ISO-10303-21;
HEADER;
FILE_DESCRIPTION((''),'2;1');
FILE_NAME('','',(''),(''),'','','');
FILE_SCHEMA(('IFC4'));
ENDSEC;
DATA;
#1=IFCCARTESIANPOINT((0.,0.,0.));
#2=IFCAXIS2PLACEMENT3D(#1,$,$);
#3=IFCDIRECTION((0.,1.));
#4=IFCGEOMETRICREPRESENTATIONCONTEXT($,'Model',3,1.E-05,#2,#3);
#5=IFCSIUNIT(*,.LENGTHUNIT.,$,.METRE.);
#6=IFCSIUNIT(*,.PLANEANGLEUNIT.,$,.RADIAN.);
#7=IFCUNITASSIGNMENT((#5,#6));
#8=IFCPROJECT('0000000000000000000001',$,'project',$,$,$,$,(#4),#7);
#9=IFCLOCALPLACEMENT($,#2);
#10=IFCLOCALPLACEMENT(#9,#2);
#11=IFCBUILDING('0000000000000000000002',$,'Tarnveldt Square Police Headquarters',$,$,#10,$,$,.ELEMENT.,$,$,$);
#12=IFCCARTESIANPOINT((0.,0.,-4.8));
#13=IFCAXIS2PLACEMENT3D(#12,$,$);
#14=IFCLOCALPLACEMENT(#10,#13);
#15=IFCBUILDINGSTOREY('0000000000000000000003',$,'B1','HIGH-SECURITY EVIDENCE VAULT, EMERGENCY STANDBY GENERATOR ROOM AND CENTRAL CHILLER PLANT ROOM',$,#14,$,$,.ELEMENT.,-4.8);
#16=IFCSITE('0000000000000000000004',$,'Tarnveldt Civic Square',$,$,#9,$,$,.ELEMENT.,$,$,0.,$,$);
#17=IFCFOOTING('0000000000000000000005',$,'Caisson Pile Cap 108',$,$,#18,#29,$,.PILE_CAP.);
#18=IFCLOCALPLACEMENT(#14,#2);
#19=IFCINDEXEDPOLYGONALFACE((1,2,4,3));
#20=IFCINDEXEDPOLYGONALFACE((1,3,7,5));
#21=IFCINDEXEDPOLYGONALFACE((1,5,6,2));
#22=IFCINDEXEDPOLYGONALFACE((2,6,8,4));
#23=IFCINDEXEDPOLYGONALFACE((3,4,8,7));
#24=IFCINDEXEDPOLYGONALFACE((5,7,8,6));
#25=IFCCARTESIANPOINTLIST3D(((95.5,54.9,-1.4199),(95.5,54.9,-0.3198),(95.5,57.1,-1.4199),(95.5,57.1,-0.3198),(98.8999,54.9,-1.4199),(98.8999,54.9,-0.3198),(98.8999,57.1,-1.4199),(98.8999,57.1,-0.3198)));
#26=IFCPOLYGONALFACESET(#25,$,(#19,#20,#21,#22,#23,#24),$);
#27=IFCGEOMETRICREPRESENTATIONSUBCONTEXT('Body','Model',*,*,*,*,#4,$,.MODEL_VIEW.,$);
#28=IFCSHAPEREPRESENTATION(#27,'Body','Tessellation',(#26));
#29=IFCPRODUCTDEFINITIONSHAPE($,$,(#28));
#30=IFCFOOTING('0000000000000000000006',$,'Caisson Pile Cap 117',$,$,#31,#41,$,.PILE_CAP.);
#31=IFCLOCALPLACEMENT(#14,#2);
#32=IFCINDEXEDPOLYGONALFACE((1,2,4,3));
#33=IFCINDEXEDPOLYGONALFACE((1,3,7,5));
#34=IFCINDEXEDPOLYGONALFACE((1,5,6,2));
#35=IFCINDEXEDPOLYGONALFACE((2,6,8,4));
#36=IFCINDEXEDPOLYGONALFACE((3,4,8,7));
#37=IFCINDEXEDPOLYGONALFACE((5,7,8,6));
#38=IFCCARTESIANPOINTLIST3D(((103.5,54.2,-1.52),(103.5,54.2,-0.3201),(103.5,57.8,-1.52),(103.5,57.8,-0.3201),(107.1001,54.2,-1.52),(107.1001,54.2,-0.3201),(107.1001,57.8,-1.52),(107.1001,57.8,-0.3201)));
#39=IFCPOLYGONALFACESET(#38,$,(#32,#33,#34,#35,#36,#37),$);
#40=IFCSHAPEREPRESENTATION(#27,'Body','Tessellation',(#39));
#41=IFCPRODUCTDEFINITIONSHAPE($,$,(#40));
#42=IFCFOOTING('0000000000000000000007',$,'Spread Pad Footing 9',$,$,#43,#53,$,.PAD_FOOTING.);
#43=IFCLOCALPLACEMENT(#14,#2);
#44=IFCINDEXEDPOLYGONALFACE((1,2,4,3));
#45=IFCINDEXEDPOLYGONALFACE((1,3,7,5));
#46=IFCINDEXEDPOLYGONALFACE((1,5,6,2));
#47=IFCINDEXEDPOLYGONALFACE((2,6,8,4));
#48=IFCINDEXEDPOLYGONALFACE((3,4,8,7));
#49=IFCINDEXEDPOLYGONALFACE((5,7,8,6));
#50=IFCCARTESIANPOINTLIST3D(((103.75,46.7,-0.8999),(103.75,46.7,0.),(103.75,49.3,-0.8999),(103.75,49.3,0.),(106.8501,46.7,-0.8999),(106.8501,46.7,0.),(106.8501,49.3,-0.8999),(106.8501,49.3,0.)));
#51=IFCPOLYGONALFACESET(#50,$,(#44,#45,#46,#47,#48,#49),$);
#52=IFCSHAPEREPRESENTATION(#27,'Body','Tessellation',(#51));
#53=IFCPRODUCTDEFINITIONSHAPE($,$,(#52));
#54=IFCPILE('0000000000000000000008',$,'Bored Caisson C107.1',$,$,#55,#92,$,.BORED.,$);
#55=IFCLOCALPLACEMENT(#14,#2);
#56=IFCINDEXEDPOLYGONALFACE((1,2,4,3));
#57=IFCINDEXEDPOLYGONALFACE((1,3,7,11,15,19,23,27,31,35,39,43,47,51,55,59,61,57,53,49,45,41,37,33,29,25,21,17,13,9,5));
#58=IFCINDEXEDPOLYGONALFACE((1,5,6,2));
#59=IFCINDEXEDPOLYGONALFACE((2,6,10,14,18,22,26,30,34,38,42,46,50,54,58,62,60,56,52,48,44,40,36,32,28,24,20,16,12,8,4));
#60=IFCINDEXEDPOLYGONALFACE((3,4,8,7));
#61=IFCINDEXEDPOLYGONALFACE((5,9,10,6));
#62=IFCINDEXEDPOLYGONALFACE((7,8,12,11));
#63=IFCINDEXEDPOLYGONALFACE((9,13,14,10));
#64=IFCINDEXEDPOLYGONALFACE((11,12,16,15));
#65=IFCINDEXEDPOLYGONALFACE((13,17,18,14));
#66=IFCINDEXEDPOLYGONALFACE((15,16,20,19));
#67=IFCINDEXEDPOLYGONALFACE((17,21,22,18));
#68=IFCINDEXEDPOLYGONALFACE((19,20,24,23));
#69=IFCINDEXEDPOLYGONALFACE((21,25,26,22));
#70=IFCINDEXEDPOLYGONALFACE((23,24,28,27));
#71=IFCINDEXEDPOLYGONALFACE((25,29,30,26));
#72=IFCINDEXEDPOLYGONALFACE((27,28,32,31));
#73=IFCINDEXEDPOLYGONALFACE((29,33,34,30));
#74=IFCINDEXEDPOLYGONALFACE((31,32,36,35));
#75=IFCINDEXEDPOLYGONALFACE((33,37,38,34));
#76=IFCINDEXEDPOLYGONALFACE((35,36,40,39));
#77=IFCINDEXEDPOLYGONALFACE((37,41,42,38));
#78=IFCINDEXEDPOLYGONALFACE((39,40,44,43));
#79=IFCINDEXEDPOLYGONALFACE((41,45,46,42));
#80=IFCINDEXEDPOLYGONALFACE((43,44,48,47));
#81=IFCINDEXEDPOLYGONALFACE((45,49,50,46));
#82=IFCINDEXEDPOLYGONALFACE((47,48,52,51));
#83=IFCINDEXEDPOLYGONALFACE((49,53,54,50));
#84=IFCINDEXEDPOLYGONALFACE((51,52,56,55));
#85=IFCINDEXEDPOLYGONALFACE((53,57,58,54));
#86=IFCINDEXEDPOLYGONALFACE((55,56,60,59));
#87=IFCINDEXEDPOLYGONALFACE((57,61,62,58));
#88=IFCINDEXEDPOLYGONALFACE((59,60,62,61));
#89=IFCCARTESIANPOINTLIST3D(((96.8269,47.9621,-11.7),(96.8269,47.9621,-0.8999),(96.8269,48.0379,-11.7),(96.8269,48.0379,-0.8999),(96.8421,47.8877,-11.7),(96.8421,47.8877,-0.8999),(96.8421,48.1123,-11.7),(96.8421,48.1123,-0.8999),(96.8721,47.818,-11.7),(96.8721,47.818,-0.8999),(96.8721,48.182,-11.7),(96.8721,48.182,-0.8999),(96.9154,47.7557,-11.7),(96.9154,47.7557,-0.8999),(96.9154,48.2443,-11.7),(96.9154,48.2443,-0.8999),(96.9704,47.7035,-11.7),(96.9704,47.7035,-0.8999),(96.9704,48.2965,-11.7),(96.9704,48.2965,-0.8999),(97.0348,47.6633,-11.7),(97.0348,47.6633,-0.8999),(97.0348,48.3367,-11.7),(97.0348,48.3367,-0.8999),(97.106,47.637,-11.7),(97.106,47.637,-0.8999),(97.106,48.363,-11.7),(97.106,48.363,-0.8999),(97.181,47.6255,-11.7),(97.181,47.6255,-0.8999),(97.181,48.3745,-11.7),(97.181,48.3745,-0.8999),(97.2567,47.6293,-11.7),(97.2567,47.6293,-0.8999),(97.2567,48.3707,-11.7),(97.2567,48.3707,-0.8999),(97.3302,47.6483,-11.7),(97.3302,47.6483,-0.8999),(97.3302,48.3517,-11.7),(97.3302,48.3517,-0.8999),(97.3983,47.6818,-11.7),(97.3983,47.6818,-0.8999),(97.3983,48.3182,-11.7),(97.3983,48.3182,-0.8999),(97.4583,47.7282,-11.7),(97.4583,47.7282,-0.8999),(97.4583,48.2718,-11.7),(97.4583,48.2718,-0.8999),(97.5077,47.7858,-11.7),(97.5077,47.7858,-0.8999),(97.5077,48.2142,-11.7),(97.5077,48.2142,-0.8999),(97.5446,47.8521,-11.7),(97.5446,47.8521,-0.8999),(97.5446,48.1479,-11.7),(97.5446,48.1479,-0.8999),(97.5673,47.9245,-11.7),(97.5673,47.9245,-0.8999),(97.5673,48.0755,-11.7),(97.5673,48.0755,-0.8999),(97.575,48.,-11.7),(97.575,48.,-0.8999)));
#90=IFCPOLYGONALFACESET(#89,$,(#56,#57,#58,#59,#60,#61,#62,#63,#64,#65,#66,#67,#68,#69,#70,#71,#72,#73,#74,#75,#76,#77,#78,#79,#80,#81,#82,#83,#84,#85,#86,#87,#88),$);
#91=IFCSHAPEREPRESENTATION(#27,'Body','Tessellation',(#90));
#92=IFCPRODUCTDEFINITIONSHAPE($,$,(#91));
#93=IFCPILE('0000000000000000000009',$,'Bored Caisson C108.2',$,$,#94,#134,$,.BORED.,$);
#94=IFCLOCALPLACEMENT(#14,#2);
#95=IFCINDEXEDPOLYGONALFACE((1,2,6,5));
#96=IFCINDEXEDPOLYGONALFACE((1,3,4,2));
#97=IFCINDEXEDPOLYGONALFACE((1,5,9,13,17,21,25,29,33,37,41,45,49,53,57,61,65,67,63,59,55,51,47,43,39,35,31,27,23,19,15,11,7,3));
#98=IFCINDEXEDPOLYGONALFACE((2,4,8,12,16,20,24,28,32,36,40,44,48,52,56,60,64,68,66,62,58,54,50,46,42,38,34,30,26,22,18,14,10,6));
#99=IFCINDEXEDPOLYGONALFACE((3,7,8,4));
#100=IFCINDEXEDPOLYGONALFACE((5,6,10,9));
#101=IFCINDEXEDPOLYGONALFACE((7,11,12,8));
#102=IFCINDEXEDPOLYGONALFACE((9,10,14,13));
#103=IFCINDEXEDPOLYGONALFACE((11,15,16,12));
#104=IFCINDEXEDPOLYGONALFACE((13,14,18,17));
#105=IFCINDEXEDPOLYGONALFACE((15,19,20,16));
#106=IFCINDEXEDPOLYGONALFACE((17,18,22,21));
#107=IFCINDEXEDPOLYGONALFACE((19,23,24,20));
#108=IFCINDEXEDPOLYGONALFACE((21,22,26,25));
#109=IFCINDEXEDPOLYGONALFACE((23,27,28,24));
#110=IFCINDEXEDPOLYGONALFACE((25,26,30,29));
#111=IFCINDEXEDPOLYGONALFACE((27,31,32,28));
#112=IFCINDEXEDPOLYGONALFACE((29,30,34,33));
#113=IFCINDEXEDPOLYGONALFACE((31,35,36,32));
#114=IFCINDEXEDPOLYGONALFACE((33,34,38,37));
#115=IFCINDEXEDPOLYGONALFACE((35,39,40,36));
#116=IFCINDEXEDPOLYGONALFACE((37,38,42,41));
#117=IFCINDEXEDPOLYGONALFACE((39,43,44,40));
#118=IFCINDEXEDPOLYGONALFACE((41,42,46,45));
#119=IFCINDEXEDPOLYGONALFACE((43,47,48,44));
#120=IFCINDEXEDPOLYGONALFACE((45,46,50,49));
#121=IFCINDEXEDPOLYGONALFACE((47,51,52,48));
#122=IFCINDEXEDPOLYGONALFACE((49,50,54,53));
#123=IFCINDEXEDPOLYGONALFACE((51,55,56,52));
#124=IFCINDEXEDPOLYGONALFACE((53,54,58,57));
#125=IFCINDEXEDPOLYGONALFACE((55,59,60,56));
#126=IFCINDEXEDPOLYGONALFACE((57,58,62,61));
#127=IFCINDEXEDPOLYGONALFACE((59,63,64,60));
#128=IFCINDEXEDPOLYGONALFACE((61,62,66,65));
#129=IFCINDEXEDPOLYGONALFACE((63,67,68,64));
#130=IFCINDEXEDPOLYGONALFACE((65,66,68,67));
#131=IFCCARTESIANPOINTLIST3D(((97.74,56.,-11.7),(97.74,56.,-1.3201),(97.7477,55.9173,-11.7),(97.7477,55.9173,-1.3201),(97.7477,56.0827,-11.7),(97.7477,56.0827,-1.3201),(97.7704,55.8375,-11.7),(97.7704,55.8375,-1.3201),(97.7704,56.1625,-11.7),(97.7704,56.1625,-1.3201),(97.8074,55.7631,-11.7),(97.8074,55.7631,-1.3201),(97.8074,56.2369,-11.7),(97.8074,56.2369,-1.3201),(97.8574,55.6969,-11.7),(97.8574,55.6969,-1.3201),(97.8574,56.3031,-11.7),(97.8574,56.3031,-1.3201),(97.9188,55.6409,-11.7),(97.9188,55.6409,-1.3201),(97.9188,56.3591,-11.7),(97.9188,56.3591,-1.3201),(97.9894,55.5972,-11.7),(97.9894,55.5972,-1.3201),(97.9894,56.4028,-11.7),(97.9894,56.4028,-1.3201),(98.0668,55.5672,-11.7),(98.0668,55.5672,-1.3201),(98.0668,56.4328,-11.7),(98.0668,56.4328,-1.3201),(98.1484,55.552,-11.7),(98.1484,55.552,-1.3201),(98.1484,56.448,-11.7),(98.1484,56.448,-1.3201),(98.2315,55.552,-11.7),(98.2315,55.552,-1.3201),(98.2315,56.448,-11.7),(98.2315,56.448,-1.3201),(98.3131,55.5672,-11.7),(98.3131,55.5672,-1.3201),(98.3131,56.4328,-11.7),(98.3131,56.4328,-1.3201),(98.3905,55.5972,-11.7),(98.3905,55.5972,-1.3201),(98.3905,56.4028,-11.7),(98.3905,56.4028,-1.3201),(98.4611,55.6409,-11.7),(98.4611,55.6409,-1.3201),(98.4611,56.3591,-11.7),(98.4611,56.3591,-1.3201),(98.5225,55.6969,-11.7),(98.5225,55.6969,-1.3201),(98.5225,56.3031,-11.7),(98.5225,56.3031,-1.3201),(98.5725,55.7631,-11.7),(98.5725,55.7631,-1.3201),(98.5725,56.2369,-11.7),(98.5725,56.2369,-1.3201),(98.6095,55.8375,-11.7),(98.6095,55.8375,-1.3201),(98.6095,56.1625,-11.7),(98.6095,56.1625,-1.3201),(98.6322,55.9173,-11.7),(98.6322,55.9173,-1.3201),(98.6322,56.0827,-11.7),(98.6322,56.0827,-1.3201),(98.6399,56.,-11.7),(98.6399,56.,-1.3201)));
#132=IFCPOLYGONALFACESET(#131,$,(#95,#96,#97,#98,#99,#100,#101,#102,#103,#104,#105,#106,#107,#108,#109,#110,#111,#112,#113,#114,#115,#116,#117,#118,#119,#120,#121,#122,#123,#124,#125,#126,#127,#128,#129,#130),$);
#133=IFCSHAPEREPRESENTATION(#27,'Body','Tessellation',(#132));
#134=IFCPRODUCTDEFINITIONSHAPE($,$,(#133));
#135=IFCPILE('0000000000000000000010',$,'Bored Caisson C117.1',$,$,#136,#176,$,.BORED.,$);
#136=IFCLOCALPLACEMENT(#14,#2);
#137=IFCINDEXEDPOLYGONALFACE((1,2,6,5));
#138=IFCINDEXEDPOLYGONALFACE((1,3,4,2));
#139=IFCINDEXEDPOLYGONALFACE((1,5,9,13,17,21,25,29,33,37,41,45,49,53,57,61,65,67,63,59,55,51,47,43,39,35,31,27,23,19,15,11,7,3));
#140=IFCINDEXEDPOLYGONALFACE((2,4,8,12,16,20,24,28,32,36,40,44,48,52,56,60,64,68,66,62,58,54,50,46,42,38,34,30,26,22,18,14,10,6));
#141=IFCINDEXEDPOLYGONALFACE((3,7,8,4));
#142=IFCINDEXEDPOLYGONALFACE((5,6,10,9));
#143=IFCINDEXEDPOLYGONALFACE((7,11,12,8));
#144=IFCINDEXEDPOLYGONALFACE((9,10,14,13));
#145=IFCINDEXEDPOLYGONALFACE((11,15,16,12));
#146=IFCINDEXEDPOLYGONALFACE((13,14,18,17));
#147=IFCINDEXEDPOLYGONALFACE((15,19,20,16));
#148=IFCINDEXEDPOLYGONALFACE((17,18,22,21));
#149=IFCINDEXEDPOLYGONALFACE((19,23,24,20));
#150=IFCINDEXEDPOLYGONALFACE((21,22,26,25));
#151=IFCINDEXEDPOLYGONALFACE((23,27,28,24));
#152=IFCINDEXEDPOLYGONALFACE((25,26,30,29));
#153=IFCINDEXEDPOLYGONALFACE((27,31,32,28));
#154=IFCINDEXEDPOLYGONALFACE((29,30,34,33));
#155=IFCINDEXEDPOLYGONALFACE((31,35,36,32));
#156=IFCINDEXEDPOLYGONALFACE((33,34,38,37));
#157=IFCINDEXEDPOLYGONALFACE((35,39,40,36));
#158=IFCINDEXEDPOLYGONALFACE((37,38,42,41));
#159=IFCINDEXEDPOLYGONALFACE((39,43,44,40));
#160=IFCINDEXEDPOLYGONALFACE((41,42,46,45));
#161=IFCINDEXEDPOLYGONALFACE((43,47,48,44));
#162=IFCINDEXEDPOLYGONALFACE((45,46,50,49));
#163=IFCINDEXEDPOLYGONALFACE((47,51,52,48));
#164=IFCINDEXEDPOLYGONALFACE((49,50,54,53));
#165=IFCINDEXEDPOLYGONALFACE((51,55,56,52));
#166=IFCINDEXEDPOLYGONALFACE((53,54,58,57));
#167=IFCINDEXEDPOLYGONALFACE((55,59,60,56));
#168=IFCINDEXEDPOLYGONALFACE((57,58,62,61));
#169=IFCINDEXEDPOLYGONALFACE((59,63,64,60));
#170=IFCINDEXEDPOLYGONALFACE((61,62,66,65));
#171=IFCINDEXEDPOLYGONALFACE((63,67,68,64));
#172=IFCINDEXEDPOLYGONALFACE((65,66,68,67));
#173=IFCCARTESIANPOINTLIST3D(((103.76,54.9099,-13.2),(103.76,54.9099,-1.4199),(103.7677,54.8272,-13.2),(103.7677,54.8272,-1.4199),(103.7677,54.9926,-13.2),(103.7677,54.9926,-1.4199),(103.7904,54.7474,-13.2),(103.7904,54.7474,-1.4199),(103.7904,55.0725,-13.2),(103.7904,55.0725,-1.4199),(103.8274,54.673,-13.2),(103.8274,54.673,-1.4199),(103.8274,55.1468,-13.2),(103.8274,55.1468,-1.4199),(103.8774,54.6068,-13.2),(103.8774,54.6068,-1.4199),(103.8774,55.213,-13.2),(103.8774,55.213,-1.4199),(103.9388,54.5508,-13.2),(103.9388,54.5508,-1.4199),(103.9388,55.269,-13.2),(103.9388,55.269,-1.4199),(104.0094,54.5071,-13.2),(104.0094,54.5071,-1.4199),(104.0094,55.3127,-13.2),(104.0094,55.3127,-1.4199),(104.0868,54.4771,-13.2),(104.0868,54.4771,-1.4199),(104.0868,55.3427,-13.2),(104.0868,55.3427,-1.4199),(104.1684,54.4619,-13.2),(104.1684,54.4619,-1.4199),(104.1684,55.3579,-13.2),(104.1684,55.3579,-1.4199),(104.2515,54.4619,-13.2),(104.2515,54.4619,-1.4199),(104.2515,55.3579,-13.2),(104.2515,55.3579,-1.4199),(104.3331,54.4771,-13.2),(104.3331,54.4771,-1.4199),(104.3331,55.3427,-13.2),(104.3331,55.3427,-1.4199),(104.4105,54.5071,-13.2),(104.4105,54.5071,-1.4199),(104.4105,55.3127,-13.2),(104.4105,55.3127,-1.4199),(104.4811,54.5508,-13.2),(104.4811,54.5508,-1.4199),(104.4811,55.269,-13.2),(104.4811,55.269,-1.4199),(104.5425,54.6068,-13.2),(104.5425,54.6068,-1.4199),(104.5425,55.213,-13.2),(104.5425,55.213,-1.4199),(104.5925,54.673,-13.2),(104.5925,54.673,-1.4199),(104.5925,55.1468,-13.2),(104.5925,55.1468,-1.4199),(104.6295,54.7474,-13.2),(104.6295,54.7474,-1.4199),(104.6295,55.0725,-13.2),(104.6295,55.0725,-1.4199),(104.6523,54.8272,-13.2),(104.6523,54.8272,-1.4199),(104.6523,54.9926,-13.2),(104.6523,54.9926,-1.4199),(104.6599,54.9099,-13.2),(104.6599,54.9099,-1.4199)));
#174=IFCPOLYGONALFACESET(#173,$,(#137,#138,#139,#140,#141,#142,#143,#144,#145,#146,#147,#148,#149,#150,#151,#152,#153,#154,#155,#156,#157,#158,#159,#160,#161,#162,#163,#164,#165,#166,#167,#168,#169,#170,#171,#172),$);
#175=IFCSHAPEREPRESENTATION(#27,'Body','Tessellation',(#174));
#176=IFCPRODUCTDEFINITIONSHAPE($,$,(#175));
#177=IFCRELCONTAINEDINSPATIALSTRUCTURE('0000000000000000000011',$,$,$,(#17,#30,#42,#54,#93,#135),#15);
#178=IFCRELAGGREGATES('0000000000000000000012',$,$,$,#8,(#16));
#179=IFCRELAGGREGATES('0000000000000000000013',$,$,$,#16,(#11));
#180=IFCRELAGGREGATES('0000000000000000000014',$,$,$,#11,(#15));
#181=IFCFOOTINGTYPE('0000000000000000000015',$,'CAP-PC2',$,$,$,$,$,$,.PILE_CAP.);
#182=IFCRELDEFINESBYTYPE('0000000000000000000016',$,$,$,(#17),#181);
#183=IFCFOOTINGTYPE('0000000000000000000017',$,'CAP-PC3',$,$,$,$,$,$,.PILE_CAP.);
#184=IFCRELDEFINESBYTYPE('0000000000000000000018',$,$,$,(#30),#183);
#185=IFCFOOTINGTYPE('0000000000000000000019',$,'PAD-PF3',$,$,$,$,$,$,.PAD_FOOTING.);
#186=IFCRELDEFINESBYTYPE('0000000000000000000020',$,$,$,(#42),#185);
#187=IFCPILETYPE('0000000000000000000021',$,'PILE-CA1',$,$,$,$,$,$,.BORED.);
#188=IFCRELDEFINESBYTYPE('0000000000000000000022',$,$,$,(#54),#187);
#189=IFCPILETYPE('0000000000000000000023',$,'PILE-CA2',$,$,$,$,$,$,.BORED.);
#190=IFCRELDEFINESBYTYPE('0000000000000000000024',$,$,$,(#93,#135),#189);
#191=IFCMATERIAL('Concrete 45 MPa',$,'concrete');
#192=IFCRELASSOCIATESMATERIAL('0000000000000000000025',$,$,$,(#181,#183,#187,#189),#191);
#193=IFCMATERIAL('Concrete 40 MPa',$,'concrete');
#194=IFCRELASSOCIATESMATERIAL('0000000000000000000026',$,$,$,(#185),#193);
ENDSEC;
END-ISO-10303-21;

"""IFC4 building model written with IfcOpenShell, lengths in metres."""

from ifc_helpers import new_model, si_unit, direction, frame, origin, origin_2d, place, context, subcontext, project, spatial, rectangle, circle, extrude, material, material_profile, profile_set, type_object, element, save


model = new_model("IFC4")

# Units and contexts
model_context = context("Model", 3, precision=1e-05, world=origin(), true_north=direction((0.0, 1.0)))
body_context = subcontext(model_context, "Body", "Model", "MODEL_VIEW")
ifc_project = project(units=[si_unit("LENGTHUNIT", "METRE"), si_unit("PLANEANGLEUNIT", "RADIAN")], contexts=[model_context])

# Site, building, storey
site_placement = place(None, origin())
site = spatial("IfcSite", under=ifc_project, at=site_placement, Name="Tarnveldt Civic Square", CompositionType="ELEMENT", RefElevation=0.0)
building_placement = place(site_placement, origin())
building = spatial("IfcBuilding", under=site, at=building_placement, Name="Tarnveldt Square Police Headquarters", CompositionType="ELEMENT")
storey_placement = place(building_placement, frame((0.0, 0.0, -4.8)))
storey = spatial("IfcBuildingStorey", under=building, at=storey_placement, Name="B1", Description="HIGH-SECURITY EVIDENCE VAULT, EMERGENCY STANDBY GENERATOR ROOM AND CENTRAL CHILLER PLANT ROOM", CompositionType="ELEMENT", Elevation=-4.8)

# Footings
ifc_material_1 = material(Name="Concrete 45 MPa", Category="concrete")
footing_type_1 = type_object("IfcFootingType", Name="CAP-PC2", PredefinedType="PILE_CAP", material=ifc_material_1)
footing_1_placement = place(storey_placement, frame((97.2, 56.0, -1.4199), z_axis=(0.0, 0.0, 1.0), x_axis=(1.0, 0.0, 0.0)))
element("IfcFooting", 1, at=footing_1_placement, inside=storey, type_object=footing_type_1, Name="Caisson Pile Cap 108", PredefinedType="PILE_CAP", context=body_context, shape_type="SweptSolid", body=[
    extrude(rectangle(XDim=3.3999, YDim=2.2, at=origin_2d()), origin(), (0.0, 0.0, 1.0), 1.1001),
])
footing_type_2 = type_object("IfcFootingType", Name="CAP-PC3", PredefinedType="PILE_CAP", material=ifc_material_1)
footing_2_placement = place(storey_placement, frame((105.3, 56.0, -1.52), z_axis=(0.0, 0.0, 1.0), x_axis=(1.0, 0.0, 0.0)))
element("IfcFooting", 2, at=footing_2_placement, inside=storey, type_object=footing_type_2, Name="Caisson Pile Cap 117", PredefinedType="PILE_CAP", context=body_context, shape_type="SweptSolid", body=[
    extrude(rectangle(XDim=3.6001, YDim=3.6001, at=origin_2d()), origin(), (0.0, 0.0, 1.0), 1.2),
])
ifc_material_2 = material(Name="Concrete 40 MPa", Category="concrete")
footing_type_3 = type_object("IfcFootingType", Name="PAD-PF3", PredefinedType="PAD_FOOTING", material=ifc_material_2)
footing_3_placement = place(storey_placement, frame((105.3, 48.0, -0.8999), z_axis=(0.0, 0.0, 1.0), x_axis=(1.0, 0.0, 0.0)))
element("IfcFooting", 3, at=footing_3_placement, inside=storey, type_object=footing_type_3, Name="Spread Pad Footing 9", PredefinedType="PAD_FOOTING", context=body_context, shape_type="SweptSolid", body=[
    extrude(rectangle(XDim=3.1001, YDim=2.6001, at=origin_2d()), origin(), (0.0, 0.0, 1.0), 0.8999),
])

# Piles
ifc_material_profile_1 = material_profile(ifc_material_1, circle(Radius=0.375, at=origin_2d()), Name="CAISSON-D750")
ifc_profile_set_1 = profile_set([ifc_material_profile_1], Name="Concrete 45 MPa")
pile_type_1 = type_object("IfcPileType", Name="PILE-CA1", PredefinedType="BORED", material=ifc_profile_set_1)
pile_1_placement = place(storey_placement, frame((97.2, 48.0, -0.8999), z_axis=(0.0, 0.0, -1.0), x_axis=(1.0, 0.0, 0.0)))
element("IfcPile", 4, at=pile_1_placement, inside=storey, type_object=pile_type_1, Name="Bored Caisson C107.1", PredefinedType="BORED", context=body_context, shape_type="SweptSolid", body=[
    extrude(circle(Radius=0.375, at=origin_2d()), origin(), (0.0, 0.0, 1.0), 10.8),
])
ifc_material_profile_2 = material_profile(ifc_material_1, circle(Radius=0.45, at=origin_2d()), Name="CAISSON-D900")
ifc_profile_set_2 = profile_set([ifc_material_profile_2], Name="Concrete 45 MPa")
pile_type_2 = type_object("IfcPileType", Name="PILE-CA2", PredefinedType="BORED", material=ifc_profile_set_2)
pile_2_placement = place(storey_placement, frame((98.1899, 56.0, -1.3201), z_axis=(0.0, 0.0, -1.0), x_axis=(1.0, 0.0, 0.0)))
element("IfcPile", 5, at=pile_2_placement, inside=storey, type_object=pile_type_2, Name="Bored Caisson C108.2", PredefinedType="BORED", context=body_context, shape_type="SweptSolid", body=[
    extrude(circle(Radius=0.45, at=origin_2d()), origin(), (0.0, 0.0, 1.0), 10.3799),
])
for number, where, z_axis, x_axis, name in (
    (6, (104.21, 54.9099, -1.4199), (0.0, 0.0, -1.0), (1.0, 0.0, 0.0), "Bored Caisson C117.1"),
):
    element("IfcPile", number, at=place(storey_placement, frame(where, z_axis=z_axis, x_axis=x_axis)), inside=storey, type_object=pile_type_2, Name=name, PredefinedType="BORED", context=body_context, shape_type="SweptSolid", body=[
        extrude(circle(Radius=0.45, at=origin_2d()), origin(), (0.0, 0.0, 1.0), 11.78),
    ])

save(model, "model.ifc")
